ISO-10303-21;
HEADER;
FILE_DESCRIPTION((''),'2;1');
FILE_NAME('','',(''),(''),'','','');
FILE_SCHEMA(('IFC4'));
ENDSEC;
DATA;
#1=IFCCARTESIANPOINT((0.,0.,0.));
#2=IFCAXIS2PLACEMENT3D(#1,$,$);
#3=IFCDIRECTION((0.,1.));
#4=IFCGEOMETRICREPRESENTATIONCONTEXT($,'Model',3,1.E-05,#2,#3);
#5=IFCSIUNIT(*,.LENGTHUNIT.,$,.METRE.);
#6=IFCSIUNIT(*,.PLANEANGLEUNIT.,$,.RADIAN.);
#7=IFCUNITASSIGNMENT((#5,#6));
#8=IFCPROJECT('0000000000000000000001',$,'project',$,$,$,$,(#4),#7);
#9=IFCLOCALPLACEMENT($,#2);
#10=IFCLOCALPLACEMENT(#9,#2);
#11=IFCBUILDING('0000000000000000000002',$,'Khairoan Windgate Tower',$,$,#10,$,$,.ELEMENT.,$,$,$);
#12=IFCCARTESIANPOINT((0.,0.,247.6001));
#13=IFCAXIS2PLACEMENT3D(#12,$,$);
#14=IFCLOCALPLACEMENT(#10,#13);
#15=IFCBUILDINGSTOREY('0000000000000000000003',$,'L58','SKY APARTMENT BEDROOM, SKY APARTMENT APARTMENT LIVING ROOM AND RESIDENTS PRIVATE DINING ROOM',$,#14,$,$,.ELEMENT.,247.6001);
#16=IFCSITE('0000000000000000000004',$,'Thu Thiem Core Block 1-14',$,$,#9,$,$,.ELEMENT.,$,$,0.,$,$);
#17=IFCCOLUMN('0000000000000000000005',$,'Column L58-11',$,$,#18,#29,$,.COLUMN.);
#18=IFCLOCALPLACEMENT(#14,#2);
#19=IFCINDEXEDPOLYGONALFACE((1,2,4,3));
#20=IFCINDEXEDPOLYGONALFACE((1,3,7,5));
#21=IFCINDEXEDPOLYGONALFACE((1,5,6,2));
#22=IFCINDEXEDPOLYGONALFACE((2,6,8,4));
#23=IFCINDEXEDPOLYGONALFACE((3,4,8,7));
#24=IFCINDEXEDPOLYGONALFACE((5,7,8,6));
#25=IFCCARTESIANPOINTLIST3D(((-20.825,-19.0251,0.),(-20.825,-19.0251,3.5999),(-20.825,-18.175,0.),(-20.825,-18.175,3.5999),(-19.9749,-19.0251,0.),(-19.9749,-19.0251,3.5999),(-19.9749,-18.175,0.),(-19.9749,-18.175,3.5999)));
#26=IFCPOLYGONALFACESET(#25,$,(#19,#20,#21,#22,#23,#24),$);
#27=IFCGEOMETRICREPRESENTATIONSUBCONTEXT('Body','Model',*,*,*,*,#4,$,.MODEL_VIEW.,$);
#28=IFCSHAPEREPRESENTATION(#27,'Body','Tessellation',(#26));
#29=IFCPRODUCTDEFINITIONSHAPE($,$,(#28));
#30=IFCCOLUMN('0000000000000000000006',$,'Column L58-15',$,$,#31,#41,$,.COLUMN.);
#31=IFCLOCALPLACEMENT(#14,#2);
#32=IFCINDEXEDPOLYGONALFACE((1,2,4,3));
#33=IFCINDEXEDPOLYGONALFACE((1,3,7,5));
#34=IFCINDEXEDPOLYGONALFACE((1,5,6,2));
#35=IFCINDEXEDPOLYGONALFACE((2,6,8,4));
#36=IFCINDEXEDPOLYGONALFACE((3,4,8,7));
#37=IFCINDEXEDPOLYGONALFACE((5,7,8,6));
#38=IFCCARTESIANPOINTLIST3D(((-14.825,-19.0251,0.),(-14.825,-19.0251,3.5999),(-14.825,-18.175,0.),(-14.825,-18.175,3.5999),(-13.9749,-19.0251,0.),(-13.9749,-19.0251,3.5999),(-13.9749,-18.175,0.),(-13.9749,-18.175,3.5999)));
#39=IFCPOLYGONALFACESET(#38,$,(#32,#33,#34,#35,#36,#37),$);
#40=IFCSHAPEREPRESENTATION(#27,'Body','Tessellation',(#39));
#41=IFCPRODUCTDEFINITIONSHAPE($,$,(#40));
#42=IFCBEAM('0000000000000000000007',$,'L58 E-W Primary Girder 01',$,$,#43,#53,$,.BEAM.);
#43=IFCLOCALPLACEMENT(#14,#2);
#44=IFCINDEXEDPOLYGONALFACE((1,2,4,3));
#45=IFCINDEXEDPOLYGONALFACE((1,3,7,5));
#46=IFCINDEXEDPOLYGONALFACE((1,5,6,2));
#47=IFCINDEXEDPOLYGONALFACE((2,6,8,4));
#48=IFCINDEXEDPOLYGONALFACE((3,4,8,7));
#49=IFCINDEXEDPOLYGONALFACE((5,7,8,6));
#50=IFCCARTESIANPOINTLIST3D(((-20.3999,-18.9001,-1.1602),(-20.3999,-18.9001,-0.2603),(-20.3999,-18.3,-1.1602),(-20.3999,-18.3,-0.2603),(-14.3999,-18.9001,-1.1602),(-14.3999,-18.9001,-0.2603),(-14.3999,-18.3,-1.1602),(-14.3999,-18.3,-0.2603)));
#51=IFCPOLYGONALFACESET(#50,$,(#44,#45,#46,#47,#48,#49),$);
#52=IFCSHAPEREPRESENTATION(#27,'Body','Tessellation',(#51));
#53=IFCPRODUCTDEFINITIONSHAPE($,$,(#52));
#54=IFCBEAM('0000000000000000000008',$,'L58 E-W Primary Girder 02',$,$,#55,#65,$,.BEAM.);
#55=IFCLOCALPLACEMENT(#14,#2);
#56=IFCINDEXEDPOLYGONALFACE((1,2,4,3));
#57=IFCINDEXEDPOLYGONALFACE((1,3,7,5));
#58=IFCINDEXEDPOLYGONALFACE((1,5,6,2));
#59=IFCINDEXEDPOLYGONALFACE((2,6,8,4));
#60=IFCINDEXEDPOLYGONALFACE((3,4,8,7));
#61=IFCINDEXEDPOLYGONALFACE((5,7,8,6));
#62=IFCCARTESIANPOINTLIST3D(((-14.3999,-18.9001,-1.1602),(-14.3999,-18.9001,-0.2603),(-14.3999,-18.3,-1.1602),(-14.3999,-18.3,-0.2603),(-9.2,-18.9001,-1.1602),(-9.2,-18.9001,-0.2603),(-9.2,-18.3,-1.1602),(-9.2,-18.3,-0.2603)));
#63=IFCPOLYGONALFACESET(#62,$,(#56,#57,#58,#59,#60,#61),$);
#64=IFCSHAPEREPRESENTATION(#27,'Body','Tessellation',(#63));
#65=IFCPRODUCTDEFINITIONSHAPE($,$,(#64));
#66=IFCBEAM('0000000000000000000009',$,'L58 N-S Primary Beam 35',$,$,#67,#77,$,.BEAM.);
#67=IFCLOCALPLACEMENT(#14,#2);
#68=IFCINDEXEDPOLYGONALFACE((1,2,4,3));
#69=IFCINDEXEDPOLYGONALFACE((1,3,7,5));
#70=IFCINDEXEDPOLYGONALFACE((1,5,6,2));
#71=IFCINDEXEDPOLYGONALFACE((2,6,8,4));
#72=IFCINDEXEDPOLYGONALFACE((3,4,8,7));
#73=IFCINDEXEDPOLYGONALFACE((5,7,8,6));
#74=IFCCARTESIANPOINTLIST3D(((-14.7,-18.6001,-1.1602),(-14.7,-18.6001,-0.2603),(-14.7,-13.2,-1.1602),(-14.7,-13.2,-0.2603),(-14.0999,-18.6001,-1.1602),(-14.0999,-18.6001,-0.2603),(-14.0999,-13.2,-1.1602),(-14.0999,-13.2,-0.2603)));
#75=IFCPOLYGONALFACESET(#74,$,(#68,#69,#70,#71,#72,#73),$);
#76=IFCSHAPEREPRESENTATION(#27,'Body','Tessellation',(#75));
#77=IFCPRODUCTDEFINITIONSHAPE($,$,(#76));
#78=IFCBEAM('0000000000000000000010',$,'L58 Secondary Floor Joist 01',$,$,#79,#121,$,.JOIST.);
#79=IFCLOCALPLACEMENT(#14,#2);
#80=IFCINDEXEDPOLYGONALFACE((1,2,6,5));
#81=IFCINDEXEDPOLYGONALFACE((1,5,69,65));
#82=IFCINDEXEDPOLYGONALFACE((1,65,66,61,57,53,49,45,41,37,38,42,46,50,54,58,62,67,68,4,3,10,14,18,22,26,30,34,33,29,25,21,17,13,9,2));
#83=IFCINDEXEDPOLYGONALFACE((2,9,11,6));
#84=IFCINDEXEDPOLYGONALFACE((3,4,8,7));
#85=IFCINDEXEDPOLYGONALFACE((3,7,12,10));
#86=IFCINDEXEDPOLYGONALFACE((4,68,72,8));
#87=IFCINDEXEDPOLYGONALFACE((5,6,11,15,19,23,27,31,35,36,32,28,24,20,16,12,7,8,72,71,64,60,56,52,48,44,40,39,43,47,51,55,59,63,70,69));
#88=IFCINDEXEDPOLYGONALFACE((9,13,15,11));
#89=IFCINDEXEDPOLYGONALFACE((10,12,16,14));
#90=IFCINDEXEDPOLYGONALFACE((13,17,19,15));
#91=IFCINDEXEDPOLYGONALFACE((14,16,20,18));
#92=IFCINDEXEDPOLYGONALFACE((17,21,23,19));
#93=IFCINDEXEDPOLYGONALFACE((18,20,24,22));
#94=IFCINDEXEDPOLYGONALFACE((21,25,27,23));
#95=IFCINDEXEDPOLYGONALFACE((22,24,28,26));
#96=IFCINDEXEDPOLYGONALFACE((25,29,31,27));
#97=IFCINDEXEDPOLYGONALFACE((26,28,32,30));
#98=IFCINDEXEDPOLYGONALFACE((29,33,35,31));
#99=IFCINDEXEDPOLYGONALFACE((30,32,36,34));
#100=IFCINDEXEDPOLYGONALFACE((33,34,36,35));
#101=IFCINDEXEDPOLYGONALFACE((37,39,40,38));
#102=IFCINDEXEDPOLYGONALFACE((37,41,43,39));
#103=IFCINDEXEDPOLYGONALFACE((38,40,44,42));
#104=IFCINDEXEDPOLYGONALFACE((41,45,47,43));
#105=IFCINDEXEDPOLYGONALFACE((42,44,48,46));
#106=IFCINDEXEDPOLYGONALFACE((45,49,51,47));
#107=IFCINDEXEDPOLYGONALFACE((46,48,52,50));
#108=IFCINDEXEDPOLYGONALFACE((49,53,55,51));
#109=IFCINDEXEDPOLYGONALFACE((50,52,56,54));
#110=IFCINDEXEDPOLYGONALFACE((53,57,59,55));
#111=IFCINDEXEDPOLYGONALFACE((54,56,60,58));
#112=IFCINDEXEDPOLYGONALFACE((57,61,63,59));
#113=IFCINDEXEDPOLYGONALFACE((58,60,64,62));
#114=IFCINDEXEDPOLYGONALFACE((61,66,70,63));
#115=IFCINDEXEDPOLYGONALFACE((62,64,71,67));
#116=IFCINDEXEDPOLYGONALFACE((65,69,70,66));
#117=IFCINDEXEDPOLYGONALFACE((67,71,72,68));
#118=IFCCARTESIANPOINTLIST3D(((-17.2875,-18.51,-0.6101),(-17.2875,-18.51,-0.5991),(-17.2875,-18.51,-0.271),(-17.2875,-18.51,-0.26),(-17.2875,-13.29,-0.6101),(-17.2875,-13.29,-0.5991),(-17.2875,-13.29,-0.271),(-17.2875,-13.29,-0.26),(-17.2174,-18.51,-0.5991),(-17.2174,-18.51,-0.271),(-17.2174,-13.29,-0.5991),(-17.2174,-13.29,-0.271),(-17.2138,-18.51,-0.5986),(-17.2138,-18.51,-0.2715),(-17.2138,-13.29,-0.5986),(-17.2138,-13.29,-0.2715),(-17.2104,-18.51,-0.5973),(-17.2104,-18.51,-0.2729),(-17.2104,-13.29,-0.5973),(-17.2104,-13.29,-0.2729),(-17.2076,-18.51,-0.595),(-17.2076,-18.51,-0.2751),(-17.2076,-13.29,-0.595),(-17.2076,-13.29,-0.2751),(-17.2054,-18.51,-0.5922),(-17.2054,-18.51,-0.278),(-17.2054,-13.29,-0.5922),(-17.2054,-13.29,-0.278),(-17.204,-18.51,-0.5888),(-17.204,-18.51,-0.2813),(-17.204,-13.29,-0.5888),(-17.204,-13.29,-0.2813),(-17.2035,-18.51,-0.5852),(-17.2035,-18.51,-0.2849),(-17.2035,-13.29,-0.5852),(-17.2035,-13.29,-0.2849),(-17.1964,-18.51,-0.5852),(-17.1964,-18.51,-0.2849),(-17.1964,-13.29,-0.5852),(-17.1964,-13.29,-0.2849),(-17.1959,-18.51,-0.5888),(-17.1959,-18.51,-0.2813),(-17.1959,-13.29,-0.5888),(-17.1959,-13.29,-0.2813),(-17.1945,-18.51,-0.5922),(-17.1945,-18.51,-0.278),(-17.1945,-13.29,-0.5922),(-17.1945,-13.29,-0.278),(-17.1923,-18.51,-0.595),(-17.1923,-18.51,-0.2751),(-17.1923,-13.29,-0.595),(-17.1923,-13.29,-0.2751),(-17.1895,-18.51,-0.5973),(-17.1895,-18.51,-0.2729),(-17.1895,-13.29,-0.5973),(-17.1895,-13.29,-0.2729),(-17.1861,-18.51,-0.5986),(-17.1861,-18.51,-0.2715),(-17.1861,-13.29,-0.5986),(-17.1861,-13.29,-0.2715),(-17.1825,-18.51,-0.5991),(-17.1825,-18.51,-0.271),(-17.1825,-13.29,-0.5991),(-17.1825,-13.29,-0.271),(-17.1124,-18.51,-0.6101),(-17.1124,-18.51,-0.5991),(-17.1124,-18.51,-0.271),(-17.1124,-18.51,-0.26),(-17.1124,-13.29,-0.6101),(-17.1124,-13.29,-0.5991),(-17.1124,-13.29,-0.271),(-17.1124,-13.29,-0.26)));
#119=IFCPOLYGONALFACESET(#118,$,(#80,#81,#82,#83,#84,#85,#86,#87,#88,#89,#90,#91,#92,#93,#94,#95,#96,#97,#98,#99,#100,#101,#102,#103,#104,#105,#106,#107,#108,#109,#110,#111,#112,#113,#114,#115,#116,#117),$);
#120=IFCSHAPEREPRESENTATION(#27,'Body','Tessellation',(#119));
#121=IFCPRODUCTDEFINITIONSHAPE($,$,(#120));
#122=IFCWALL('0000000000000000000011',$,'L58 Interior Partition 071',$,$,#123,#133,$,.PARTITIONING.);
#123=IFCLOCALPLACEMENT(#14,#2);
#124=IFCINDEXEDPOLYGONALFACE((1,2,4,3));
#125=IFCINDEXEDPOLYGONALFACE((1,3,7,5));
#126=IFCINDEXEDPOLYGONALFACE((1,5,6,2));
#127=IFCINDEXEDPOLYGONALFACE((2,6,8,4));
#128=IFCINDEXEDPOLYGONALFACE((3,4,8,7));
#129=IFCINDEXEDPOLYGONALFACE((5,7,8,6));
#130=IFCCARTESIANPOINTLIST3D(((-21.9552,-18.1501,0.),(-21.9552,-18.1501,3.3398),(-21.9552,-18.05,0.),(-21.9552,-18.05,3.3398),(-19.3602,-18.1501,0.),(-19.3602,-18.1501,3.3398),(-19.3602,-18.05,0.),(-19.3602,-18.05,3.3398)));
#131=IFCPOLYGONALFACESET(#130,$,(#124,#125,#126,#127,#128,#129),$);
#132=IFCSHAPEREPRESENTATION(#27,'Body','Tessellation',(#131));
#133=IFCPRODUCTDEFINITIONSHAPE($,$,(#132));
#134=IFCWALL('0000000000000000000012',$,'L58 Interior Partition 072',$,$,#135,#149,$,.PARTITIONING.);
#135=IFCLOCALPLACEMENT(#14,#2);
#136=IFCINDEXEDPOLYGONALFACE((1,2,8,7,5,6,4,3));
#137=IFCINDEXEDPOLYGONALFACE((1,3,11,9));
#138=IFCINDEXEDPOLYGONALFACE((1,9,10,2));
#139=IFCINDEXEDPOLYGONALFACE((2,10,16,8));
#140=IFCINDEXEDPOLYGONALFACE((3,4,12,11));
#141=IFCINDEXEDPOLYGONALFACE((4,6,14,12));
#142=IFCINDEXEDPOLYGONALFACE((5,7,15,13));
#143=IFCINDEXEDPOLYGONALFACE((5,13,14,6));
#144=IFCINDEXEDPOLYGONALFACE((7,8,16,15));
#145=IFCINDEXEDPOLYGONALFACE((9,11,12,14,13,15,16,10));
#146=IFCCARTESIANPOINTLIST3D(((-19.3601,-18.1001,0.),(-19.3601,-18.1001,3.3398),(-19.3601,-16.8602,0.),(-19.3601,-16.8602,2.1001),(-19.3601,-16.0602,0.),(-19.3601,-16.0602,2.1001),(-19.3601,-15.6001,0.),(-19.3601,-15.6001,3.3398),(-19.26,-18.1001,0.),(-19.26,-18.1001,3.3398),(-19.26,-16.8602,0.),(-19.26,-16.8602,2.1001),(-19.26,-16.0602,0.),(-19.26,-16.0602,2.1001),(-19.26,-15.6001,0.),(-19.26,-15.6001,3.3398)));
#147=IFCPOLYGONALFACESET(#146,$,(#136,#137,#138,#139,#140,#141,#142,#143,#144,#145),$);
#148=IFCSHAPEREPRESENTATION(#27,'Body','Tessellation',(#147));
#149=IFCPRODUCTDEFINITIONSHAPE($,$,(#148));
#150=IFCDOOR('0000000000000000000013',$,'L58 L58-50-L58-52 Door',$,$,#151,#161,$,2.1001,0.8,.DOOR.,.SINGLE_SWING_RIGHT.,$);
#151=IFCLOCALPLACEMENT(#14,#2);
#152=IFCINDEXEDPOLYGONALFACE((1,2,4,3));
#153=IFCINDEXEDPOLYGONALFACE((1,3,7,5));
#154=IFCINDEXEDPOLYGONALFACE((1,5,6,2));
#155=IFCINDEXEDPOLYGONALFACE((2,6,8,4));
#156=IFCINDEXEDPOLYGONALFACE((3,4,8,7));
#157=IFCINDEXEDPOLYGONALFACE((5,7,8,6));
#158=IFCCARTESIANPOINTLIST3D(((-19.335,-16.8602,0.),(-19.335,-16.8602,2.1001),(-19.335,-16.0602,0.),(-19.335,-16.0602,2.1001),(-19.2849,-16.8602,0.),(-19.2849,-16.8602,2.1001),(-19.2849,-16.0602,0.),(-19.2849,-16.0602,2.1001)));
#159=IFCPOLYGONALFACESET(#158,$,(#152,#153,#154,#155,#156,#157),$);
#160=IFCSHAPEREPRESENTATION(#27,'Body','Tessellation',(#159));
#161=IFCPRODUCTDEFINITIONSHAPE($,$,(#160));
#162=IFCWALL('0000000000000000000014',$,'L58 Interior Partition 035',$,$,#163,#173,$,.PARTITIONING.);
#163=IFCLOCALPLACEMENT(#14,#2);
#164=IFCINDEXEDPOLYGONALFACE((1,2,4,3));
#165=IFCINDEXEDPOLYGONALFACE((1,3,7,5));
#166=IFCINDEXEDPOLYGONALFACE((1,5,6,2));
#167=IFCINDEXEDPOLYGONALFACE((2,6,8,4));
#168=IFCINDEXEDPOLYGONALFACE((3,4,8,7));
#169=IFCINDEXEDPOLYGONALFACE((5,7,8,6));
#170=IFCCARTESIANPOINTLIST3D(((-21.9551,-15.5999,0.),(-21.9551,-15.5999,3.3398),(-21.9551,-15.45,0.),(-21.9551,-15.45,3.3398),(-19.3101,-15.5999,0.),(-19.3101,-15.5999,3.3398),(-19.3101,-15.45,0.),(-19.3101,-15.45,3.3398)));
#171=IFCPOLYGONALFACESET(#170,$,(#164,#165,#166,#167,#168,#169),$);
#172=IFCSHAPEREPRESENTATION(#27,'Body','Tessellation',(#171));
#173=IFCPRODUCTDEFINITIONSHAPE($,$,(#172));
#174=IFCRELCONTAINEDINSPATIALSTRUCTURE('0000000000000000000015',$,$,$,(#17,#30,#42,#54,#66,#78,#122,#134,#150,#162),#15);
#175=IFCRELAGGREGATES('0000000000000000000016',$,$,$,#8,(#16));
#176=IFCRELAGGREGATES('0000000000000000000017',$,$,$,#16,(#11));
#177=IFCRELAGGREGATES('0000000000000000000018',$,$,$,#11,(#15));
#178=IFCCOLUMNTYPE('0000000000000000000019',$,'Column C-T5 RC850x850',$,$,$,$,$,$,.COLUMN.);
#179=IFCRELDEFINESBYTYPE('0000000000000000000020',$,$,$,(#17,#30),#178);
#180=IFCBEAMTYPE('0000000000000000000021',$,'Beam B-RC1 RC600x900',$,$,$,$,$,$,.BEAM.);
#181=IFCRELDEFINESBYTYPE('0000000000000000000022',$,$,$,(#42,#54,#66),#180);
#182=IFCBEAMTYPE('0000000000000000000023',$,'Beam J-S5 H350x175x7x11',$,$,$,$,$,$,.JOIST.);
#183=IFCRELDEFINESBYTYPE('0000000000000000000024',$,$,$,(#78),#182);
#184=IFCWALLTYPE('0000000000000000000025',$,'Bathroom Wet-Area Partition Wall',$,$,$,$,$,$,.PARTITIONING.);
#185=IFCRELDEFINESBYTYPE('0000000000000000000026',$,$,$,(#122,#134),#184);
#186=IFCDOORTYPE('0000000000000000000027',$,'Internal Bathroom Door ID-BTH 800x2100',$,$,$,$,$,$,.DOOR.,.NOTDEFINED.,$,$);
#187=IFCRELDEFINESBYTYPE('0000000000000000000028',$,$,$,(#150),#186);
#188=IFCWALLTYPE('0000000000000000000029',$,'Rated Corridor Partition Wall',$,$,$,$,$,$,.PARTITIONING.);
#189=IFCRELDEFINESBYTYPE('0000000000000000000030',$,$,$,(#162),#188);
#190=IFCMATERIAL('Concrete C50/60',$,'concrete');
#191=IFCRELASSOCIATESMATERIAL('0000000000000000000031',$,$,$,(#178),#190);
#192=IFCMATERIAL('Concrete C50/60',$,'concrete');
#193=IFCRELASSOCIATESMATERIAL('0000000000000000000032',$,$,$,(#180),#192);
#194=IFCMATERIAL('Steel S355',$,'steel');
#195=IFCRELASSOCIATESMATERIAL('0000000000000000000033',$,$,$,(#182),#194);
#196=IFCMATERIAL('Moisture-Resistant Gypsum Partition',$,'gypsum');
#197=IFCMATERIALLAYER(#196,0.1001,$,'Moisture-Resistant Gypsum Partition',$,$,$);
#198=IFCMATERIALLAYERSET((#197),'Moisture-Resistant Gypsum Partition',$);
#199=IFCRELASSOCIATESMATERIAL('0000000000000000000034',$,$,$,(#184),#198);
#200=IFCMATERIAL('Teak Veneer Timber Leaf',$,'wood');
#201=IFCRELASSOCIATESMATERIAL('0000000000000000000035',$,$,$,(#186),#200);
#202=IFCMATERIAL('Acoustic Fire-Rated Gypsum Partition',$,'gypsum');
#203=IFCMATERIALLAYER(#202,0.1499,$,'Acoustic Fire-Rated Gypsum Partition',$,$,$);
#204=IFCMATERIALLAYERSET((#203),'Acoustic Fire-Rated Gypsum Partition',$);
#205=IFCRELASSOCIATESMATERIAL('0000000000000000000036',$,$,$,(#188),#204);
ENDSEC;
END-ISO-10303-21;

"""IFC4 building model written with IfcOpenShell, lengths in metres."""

from ifc_helpers import new_model, si_unit, direction, frame, frame_2d, origin, origin_2d, place, context, subcontext, project, spatial, rectangle, i_section, extrude, material, layer, layer_set, material_profile, profile_set, type_object, element, fill, save


model = new_model("IFC4")

# Units and contexts
model_context = context("Model", 3, precision=1e-05, world=origin(), true_north=direction((0.0, 1.0)))
body_context = subcontext(model_context, "Body", "Model", "MODEL_VIEW")
ifc_project = project(units=[si_unit("LENGTHUNIT", "METRE"), si_unit("PLANEANGLEUNIT", "RADIAN")], contexts=[model_context])

# Site, building, storey
site_placement = place(None, origin())
site = spatial("IfcSite", under=ifc_project, at=site_placement, Name="Thu Thiem Core Block 1-14", CompositionType="ELEMENT", RefElevation=0.0)
building_placement = place(site_placement, origin())
building = spatial("IfcBuilding", under=site, at=building_placement, Name="Khairoan Windgate Tower", CompositionType="ELEMENT")
storey_placement = place(building_placement, frame((0.0, 0.0, 247.6001)))
storey = spatial("IfcBuildingStorey", under=building, at=storey_placement, Name="L58", Description="SKY APARTMENT BEDROOM, SKY APARTMENT APARTMENT LIVING ROOM AND RESIDENTS PRIVATE DINING ROOM", CompositionType="ELEMENT", Elevation=247.6001)

# Columns
ifc_material_1 = material(Name="Concrete C50/60", Category="concrete")
ifc_material_profile_1 = material_profile(ifc_material_1, rectangle(XDim=0.8501, YDim=0.8501, at=origin_2d()))
ifc_profile_set_1 = profile_set([ifc_material_profile_1], Name="Concrete C50/60")
column_type = type_object("IfcColumnType", Name="Column C-T5 RC850x850", PredefinedType="COLUMN", material=ifc_profile_set_1)
for number, where, z_axis, x_axis, name in (
    (1, (-20.3999, -18.6001, 0.0), (0.0, 0.0, 1.0), (1.0, 0.0, 0.0), "Column L58-11"),
    (2, (-14.3999, -18.6001, 0.0), (0.0, 0.0, 1.0), (1.0, 0.0, 0.0), "Column L58-15"),
):
    element("IfcColumn", number, at=place(storey_placement, frame(where, z_axis=z_axis, x_axis=x_axis)), inside=storey, type_object=column_type, Name=name, PredefinedType="COLUMN", context=body_context, shape_type="SweptSolid", body=[
        extrude(rectangle(XDim=0.8501, YDim=0.8501, at=origin_2d()), origin(), (0.0, 0.0, 1.0), 3.5999),
    ])

# Beams
ifc_material_2 = material(Name="Concrete C50/60", Category="concrete")
ifc_material_profile_2 = material_profile(ifc_material_2, rectangle(XDim=0.6001, YDim=0.8999, at=origin_2d()))
ifc_profile_set_2 = profile_set([ifc_material_profile_2], Name="Concrete C50/60")
beam_type_1 = type_object("IfcBeamType", Name="Beam B-RC1 RC600x900", PredefinedType="BEAM", material=ifc_profile_set_2)
beam_1_placement = place(storey_placement, frame((-20.3999, -18.6001, -0.7102), z_axis=(1.0, 0.0, 0.0), x_axis=(0.0, 1.0, 0.0)))
element("IfcBeam", 3, at=beam_1_placement, inside=storey, type_object=beam_type_1, Name="L58 E-W Primary Girder 01", PredefinedType="BEAM", context=body_context, shape_type="SweptSolid", body=[
    extrude(rectangle(XDim=0.6001, YDim=0.8999, at=origin_2d()), origin(), (0.0, 0.0, 1.0), 6.0),
])
beam_2_placement = place(storey_placement, frame((-14.3999, -18.6001, -0.7102), z_axis=(1.0, 0.0, 0.0), x_axis=(0.0, 1.0, 0.0)))
element("IfcBeam", 4, at=beam_2_placement, inside=storey, type_object=beam_type_1, Name="L58 E-W Primary Girder 02", PredefinedType="BEAM", context=body_context, shape_type="SweptSolid", body=[
    extrude(rectangle(XDim=0.6001, YDim=0.8999, at=origin_2d()), origin(), (0.0, 0.0, 1.0), 5.2),
])
beam_3_placement = place(storey_placement, frame((-14.3999, -18.6001, -0.7102), z_axis=(0.0, 1.0, 0.0), x_axis=(-1.0, 0.0, 0.0)))
element("IfcBeam", 5, at=beam_3_placement, inside=storey, type_object=beam_type_1, Name="L58 N-S Primary Beam 35", PredefinedType="BEAM", context=body_context, shape_type="SweptSolid", body=[
    extrude(rectangle(XDim=0.6001, YDim=0.8999, at=origin_2d()), origin(), (0.0, 0.0, 1.0), 5.4001),
])
ifc_material_3 = material(Name="Steel S355", Category="steel")
ifc_material_profile_3 = material_profile(ifc_material_3, i_section(OverallWidth=0.175, OverallDepth=0.3501, WebThickness=0.0071, FlangeThickness=0.011, FilletRadius=0.0139, at=origin_2d()))
ifc_profile_set_3 = profile_set([ifc_material_profile_3], Name="Steel S355")
beam_type_2 = type_object("IfcBeamType", Name="Beam J-S5 H350x175x7x11", PredefinedType="JOIST", material=ifc_profile_set_3)
beam_4_placement = place(storey_placement, frame((-17.2, -18.51, -0.4351), z_axis=(0.0, 1.0, 0.0), x_axis=(-1.0, 0.0, 0.0)))
element("IfcBeam", 6, at=beam_4_placement, inside=storey, type_object=beam_type_2, Name="L58 Secondary Floor Joist 01", PredefinedType="JOIST", context=body_context, shape_type="SweptSolid", body=[
    extrude(i_section(OverallWidth=0.175, OverallDepth=0.3501, WebThickness=0.0071, FlangeThickness=0.011, FilletRadius=0.0139, at=origin_2d()), origin(), (0.0, 0.0, 1.0), 5.22),
])

# Wall
ifc_material_4 = material(Name="Moisture-Resistant Gypsum Partition", Category="gypsum")
ifc_layer_1 = layer(ifc_material_4, 0.1001, Name="Moisture-Resistant Gypsum Partition")
ifc_layer_set_1 = layer_set([ifc_layer_1], Name="Moisture-Resistant Gypsum Partition")
wall_type_1 = type_object("IfcWallType", Name="Bathroom Wet-Area Partition Wall", PredefinedType="PARTITIONING", material=ifc_layer_set_1)
wall_1_placement = place(storey_placement, frame((-21.9551, -18.1001, 0.0), z_axis=(0.0, 0.0, 1.0), x_axis=(1.0, 0.0, 0.0)))
element("IfcWall", 7, at=wall_1_placement, inside=storey, type_object=wall_type_1, Name="L58 Interior Partition 071", PredefinedType="PARTITIONING", context=body_context, shape_type="SweptSolid", body=[
    extrude(rectangle(XDim=2.595, YDim=0.1001, at=frame_2d((1.2974, 0.0))), origin(), (0.0, 0.0, 1.0), 3.3398),
])

# Wall, opening, door
wall_2_placement = place(storey_placement, frame((-19.3101, -18.1001, 0.0), z_axis=(0.0, 0.0, 1.0), x_axis=(0.0, 1.0, 0.0)))
wall_2 = element("IfcWall", 8, at=wall_2_placement, inside=storey, type_object=wall_type_1, Name="L58 Interior Partition 072", PredefinedType="PARTITIONING", context=body_context, shape_type="SweptSolid", body=[
    extrude(rectangle(XDim=2.5, YDim=0.1001, at=frame_2d((1.25, 0.0))), origin(), (0.0, 0.0, 1.0), 3.3398),
])
opening_1_placement = place(wall_2_placement, frame((1.24, 0.0, 0.0)))
opening_1 = element("IfcOpeningElement", 9, at=opening_1_placement, cuts=wall_2, PredefinedType="OPENING", context=body_context, shape_type="SweptSolid", body=[
    extrude(rectangle(XDim=0.8, YDim=2.1001, at=frame_2d((0.3999, 1.05))), frame((0.0, 0.0601, 0.0), z_axis=(0.0, -1.0, 0.0), x_axis=(1.0, 0.0, 0.0)), (0.0, 0.0, 1.0), 0.1201),
])
ifc_material_5 = material(Name="Teak Veneer Timber Leaf", Category="wood")
door_type_1 = type_object("IfcDoorType", Name="Internal Bathroom Door ID-BTH 800x2100", OperationType="NOTDEFINED", PredefinedType="DOOR", material=ifc_material_5)
door_1_placement = place(opening_1_placement, origin())
door_1 = element("IfcDoor", 10, at=door_1_placement, inside=storey, type_object=door_type_1, Name="L58 L58-50-L58-52 Door", OperationType="SINGLE_SWING_RIGHT", OverallHeight=2.1001, OverallWidth=0.8, PredefinedType="DOOR", context=body_context, shape_type="SweptSolid", body=[
    extrude(rectangle(XDim=0.8, YDim=2.1001, at=frame_2d((0.3999, 1.05))), frame((0.0, 0.0249, 0.0), z_axis=(0.0, -1.0, 0.0), x_axis=(1.0, 0.0, 0.0)), (0.0, 0.0, 1.0), 0.05),
])
fill(opening_1, door_1)

# Wall
ifc_material_6 = material(Name="Acoustic Fire-Rated Gypsum Partition", Category="gypsum")
ifc_layer_2 = layer(ifc_material_6, 0.1499, Name="Acoustic Fire-Rated Gypsum Partition")
ifc_layer_set_2 = layer_set([ifc_layer_2], Name="Acoustic Fire-Rated Gypsum Partition")
wall_type_2 = type_object("IfcWallType", Name="Rated Corridor Partition Wall", PredefinedType="PARTITIONING", material=ifc_layer_set_2)
wall_3_placement = place(storey_placement, frame((-21.9551, -15.5249, 0.0), z_axis=(0.0, 0.0, 1.0), x_axis=(1.0, 0.0, 0.0)))
element("IfcWall", 11, at=wall_3_placement, inside=storey, type_object=wall_type_2, Name="L58 Interior Partition 035", PredefinedType="PARTITIONING", context=body_context, shape_type="SweptSolid", body=[
    extrude(rectangle(XDim=2.645, YDim=0.1499, at=frame_2d((1.3225, 0.0))), origin(), (0.0, 0.0, 1.0), 3.3398),
])

save(model, "model.ifc")
